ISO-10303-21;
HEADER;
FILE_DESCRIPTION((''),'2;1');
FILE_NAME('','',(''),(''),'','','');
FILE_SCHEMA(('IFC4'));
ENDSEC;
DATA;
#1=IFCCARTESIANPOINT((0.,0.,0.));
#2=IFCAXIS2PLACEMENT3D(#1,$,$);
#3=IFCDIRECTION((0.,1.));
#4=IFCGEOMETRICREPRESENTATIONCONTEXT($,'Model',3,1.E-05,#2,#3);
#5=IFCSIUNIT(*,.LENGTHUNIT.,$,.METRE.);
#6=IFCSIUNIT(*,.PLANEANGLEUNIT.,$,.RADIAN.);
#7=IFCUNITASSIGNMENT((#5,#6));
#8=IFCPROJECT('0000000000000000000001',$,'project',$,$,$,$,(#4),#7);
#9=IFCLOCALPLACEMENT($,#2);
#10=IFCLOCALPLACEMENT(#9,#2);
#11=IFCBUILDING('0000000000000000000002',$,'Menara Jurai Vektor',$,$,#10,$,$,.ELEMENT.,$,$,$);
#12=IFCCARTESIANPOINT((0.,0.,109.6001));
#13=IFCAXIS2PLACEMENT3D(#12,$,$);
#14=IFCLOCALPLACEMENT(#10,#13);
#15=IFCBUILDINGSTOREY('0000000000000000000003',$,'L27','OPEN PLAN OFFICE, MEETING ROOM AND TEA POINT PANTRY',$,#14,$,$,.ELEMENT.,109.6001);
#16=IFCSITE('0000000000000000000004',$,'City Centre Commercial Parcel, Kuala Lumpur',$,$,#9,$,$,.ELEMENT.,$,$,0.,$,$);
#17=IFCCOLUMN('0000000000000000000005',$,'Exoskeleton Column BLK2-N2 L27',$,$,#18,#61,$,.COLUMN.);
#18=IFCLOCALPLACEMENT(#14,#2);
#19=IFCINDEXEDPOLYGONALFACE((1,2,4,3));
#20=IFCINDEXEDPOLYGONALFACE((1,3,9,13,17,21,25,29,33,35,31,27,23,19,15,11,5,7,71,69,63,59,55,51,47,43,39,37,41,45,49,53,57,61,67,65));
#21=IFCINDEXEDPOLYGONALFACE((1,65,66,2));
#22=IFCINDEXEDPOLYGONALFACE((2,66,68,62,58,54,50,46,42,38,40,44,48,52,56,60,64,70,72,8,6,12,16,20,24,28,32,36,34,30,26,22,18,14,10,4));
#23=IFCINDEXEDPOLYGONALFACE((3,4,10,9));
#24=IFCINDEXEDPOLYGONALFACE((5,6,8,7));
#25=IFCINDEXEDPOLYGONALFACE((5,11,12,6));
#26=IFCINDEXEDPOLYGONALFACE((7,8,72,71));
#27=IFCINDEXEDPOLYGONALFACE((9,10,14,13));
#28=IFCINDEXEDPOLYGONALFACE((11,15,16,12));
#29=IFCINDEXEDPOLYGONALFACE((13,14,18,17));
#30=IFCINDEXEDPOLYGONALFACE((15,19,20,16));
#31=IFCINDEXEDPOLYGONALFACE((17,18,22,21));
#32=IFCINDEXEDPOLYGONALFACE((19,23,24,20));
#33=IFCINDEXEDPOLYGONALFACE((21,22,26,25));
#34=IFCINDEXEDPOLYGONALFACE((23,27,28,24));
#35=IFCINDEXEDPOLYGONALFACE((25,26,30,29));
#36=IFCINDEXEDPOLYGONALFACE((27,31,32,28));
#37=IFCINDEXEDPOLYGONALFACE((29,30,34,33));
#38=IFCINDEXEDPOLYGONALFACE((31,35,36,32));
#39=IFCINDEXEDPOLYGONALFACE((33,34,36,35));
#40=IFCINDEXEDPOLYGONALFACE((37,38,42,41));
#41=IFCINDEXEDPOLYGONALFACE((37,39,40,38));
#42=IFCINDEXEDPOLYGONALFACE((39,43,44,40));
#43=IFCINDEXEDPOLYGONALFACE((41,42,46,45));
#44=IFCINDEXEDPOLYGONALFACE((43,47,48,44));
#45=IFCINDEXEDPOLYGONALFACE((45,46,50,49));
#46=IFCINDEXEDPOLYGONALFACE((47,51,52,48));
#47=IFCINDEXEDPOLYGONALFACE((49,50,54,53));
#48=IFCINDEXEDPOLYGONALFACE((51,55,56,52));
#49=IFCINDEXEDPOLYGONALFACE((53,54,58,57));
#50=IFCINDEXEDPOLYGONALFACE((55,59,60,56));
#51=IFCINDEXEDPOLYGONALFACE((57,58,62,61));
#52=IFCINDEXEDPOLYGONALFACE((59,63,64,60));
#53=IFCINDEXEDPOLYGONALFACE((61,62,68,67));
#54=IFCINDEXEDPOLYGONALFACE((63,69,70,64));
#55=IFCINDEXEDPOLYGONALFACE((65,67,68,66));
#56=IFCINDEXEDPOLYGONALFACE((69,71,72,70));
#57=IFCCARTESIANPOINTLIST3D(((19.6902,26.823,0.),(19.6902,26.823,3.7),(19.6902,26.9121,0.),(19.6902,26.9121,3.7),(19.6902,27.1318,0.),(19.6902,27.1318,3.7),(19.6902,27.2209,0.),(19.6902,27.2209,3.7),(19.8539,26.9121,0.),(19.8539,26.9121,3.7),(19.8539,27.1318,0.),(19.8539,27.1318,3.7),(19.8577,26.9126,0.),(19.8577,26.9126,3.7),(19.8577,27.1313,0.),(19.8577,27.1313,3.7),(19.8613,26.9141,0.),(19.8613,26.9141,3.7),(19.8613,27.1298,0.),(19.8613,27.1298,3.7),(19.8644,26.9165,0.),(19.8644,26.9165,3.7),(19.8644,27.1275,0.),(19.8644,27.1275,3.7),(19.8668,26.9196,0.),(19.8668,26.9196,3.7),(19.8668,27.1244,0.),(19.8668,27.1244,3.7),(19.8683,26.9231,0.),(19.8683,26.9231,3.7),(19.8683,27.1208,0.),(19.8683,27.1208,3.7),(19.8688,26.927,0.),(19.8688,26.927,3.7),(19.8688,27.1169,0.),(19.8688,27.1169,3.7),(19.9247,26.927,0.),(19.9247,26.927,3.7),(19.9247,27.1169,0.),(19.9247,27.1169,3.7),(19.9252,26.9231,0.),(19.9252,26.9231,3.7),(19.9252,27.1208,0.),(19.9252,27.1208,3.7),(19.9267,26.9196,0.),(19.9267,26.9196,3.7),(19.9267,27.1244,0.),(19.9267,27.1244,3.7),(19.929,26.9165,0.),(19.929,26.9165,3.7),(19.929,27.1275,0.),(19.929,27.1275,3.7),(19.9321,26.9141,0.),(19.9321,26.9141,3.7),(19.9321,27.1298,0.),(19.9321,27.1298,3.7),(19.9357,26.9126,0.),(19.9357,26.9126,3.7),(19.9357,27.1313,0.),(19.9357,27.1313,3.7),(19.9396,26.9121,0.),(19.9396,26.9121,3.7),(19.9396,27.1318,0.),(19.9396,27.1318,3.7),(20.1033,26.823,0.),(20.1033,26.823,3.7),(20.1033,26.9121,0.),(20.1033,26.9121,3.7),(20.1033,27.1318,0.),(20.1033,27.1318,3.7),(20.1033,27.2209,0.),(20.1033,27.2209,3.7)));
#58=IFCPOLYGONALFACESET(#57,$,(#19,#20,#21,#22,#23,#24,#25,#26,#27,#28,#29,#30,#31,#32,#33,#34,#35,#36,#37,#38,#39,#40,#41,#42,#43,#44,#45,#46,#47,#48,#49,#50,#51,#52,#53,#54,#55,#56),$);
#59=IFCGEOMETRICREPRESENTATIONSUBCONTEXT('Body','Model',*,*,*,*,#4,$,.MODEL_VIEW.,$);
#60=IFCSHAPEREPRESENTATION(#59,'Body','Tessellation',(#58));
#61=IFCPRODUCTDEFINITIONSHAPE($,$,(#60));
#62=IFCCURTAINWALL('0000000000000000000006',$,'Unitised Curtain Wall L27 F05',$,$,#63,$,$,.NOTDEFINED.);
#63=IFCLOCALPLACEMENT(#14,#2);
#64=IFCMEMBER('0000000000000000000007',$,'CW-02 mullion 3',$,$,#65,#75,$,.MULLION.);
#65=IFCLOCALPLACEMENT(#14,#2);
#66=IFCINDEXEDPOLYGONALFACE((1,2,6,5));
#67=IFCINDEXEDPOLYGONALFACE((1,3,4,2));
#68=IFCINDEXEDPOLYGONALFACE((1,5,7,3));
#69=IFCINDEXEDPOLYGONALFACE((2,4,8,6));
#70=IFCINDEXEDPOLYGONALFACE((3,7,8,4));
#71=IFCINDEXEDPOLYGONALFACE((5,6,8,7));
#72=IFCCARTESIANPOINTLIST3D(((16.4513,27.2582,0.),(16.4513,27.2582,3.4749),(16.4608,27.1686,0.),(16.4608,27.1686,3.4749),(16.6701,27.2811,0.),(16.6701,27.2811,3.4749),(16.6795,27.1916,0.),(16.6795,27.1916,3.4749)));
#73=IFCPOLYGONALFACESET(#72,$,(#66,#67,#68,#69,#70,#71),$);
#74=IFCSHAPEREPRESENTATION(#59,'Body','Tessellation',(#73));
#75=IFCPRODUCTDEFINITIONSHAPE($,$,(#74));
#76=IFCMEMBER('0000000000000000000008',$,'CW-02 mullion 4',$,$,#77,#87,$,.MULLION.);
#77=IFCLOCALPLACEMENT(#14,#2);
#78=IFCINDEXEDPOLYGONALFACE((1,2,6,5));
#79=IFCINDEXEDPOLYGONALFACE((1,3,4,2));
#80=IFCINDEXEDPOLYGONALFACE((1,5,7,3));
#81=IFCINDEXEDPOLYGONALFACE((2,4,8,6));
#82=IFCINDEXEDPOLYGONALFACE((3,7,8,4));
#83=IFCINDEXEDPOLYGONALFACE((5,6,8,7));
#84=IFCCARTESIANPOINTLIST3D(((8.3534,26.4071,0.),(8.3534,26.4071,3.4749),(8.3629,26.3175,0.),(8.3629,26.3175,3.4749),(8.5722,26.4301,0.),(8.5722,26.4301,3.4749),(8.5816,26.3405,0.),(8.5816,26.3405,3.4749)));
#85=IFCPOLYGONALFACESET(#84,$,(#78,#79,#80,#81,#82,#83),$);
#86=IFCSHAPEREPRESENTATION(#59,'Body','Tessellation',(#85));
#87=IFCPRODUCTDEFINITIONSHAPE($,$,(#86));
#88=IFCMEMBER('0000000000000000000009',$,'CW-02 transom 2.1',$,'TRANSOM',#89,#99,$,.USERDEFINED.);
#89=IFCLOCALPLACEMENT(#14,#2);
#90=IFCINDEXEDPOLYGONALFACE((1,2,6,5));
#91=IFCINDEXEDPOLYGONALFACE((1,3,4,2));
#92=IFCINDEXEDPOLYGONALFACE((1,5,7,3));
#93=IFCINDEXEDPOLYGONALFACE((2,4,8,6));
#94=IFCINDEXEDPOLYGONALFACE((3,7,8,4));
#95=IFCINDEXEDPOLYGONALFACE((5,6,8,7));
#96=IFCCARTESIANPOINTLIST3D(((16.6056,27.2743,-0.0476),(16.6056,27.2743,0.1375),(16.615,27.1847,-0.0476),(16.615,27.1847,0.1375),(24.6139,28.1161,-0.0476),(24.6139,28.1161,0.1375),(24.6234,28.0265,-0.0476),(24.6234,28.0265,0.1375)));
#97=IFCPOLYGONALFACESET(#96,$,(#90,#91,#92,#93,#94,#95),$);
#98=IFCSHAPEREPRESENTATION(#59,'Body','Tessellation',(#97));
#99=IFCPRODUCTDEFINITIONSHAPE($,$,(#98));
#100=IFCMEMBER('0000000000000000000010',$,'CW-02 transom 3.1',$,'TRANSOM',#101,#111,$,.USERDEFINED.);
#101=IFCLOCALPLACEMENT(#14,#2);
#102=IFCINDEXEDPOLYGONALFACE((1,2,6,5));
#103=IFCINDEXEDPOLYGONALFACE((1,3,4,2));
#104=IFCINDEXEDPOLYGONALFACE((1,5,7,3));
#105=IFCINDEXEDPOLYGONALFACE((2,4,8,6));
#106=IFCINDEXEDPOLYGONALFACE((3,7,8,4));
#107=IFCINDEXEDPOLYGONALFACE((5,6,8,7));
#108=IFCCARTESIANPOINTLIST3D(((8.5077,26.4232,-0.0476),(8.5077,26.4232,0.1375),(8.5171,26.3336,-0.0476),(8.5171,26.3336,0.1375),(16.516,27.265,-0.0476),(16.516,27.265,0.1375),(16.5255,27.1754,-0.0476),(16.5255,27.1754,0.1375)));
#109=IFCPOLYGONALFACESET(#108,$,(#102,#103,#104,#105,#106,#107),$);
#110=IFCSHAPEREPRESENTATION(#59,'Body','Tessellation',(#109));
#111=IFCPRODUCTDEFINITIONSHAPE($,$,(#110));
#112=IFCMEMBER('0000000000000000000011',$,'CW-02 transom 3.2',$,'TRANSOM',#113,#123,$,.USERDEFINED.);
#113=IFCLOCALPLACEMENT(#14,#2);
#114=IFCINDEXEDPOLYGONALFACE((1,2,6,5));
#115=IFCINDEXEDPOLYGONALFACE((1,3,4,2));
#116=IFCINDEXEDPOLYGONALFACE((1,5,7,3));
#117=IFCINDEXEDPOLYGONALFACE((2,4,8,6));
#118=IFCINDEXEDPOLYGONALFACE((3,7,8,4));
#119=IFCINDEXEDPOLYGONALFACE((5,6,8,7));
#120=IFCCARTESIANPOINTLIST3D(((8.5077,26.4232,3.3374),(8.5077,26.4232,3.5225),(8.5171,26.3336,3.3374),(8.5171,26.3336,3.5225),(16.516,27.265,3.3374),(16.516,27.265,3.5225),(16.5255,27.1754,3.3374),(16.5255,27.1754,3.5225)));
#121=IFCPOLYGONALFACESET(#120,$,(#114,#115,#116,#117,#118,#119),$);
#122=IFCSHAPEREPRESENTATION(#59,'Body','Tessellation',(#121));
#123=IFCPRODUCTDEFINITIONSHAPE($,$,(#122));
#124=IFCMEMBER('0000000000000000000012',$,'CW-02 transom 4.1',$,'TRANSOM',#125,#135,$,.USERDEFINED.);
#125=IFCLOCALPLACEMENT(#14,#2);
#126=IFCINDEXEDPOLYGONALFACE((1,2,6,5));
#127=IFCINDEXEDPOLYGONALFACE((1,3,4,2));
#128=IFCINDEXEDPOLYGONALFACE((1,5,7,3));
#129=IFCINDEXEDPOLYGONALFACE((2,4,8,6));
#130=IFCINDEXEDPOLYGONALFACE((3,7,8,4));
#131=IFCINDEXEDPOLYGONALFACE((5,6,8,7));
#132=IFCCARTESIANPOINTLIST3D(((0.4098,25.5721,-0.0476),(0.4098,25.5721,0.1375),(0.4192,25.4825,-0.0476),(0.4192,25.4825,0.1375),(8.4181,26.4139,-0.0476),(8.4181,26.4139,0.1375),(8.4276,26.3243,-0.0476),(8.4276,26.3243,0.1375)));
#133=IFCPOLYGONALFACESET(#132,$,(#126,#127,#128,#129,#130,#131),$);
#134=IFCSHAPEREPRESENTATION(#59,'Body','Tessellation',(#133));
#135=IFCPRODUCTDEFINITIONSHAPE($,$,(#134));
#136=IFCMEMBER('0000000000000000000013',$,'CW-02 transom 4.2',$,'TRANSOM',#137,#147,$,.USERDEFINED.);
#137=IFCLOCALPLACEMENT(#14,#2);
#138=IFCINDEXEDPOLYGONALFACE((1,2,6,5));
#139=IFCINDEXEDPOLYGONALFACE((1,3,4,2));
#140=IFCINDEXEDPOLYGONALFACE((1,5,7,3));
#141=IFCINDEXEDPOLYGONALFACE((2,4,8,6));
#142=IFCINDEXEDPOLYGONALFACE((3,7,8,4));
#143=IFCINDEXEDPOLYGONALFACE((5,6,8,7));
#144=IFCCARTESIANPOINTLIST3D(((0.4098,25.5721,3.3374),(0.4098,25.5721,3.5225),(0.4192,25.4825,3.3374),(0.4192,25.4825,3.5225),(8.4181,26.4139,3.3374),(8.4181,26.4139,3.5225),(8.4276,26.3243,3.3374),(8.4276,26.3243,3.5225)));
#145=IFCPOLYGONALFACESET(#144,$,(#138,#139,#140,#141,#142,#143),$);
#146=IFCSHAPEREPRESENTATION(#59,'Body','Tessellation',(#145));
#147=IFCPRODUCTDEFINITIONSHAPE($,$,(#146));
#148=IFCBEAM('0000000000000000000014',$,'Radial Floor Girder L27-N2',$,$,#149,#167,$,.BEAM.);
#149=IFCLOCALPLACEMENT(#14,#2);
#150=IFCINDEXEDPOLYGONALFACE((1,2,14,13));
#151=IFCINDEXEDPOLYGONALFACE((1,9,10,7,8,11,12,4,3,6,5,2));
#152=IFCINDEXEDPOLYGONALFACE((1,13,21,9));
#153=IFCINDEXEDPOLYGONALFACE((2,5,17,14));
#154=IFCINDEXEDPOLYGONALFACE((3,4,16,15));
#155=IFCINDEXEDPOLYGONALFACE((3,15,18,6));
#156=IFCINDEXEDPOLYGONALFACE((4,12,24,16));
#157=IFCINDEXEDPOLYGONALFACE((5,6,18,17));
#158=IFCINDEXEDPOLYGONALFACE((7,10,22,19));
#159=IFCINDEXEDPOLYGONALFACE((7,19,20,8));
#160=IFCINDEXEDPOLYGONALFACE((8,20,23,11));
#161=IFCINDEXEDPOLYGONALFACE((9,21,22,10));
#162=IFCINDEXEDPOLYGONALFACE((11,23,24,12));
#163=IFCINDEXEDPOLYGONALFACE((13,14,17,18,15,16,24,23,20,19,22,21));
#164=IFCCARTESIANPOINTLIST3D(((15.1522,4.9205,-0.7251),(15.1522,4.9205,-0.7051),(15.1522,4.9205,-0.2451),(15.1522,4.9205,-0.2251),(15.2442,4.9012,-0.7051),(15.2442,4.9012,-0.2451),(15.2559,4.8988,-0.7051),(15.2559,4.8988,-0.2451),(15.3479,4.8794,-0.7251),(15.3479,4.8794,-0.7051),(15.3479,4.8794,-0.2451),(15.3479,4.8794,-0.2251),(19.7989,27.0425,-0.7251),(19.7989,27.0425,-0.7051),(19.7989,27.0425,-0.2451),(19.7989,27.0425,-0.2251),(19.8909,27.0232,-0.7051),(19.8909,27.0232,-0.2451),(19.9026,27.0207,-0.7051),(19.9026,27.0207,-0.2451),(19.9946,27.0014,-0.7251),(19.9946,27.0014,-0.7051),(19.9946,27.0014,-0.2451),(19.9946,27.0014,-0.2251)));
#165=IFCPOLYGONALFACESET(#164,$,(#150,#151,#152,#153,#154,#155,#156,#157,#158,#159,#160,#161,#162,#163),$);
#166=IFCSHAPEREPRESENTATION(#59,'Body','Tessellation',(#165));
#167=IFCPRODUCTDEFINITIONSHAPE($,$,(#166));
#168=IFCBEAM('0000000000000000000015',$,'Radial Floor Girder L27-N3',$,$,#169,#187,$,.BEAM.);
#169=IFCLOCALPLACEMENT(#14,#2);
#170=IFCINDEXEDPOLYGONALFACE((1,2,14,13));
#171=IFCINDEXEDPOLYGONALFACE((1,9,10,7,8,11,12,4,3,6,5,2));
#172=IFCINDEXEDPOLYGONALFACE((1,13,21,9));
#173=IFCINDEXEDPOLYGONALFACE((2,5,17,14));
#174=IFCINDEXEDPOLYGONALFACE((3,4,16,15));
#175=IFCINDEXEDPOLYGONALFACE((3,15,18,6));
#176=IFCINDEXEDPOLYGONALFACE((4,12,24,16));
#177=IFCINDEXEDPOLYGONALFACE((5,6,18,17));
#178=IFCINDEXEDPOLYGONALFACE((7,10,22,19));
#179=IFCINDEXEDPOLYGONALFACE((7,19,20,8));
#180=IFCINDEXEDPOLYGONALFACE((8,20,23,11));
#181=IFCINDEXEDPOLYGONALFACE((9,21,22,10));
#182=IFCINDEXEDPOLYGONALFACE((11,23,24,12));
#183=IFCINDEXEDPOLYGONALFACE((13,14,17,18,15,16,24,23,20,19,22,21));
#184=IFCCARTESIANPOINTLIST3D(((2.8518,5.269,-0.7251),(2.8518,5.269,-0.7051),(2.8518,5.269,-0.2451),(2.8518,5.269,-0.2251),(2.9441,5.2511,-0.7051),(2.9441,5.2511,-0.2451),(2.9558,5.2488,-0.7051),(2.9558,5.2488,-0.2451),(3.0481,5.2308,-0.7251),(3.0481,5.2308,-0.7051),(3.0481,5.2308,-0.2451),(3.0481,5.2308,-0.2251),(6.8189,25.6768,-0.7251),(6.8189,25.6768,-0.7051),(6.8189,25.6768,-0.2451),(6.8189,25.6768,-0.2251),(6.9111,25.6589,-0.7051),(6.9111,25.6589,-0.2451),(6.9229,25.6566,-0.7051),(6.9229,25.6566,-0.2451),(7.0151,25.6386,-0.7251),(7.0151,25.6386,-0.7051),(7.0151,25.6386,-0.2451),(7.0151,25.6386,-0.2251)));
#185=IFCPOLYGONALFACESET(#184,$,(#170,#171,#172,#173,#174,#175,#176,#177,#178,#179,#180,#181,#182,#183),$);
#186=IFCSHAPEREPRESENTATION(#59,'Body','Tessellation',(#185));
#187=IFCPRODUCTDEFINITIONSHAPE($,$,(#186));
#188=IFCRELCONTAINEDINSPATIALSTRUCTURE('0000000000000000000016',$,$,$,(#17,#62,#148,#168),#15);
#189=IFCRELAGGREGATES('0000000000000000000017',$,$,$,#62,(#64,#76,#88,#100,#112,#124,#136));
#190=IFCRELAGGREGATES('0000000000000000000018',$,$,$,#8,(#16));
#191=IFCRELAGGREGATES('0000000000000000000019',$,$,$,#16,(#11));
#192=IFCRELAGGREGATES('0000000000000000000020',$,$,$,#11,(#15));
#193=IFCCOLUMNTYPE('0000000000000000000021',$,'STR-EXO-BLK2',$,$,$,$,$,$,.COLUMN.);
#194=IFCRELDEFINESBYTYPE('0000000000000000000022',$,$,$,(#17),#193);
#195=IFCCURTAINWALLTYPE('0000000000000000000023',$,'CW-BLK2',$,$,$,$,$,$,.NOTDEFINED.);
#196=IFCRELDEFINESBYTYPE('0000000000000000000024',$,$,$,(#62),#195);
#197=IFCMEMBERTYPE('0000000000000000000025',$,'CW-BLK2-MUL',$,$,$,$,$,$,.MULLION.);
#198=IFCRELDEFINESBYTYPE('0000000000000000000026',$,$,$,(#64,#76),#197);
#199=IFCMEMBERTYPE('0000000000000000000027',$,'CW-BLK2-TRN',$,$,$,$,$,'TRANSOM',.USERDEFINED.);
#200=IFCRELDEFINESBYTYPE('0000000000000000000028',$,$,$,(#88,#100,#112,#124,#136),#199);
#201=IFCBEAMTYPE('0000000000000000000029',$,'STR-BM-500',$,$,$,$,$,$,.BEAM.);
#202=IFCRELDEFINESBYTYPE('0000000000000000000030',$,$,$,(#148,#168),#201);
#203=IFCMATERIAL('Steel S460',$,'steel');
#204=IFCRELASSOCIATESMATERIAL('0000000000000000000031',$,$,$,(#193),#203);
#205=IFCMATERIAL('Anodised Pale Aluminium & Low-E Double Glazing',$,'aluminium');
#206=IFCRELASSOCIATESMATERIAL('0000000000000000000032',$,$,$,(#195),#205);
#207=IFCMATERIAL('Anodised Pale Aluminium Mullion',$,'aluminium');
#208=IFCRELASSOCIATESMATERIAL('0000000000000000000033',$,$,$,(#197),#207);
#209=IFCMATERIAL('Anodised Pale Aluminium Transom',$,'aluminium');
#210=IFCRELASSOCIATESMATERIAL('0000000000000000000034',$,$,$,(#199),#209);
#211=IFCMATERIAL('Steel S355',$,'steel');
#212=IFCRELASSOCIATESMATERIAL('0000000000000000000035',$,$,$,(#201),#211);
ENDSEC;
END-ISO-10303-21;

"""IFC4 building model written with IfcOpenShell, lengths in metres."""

from ifc_helpers import new_model, si_unit, direction, frame, origin, origin_2d, place, context, subcontext, project, spatial, rectangle, i_section, extrude, material, material_profile, profile_set, type_object, element, aggregate, save


model = new_model("IFC4")

# Units and contexts
model_context = context("Model", 3, precision=1e-05, world=origin(), true_north=direction((0.0, 1.0)))
body_context = subcontext(model_context, "Body", "Model", "MODEL_VIEW")
ifc_project = project(units=[si_unit("LENGTHUNIT", "METRE"), si_unit("PLANEANGLEUNIT", "RADIAN")], contexts=[model_context])

# Site, building, storey
site_placement = place(None, origin())
site = spatial("IfcSite", under=ifc_project, at=site_placement, Name="City Centre Commercial Parcel, Kuala Lumpur", CompositionType="ELEMENT", RefElevation=0.0)
building_placement = place(site_placement, origin())
building = spatial("IfcBuilding", under=site, at=building_placement, Name="Menara Jurai Vektor", CompositionType="ELEMENT")
storey_placement = place(building_placement, frame((0.0, 0.0, 109.6001)))
storey = spatial("IfcBuildingStorey", under=building, at=storey_placement, Name="L27", Description="OPEN PLAN OFFICE, MEETING ROOM AND TEA POINT PANTRY", CompositionType="ELEMENT", Elevation=109.6001)

# Column
ifc_material_1 = material(Name="Steel S460", Category="steel")
ifc_material_profile_1 = material_profile(ifc_material_1, i_section(OverallWidth=0.4131, OverallDepth=0.3979, WebThickness=0.0559, FlangeThickness=0.0891, FilletRadius=0.0149, at=origin_2d()), Name="HD 400x744")
ifc_profile_set_1 = profile_set([ifc_material_profile_1], Name="Steel S460")
column_type = type_object("IfcColumnType", Name="STR-EXO-BLK2", PredefinedType="COLUMN", material=ifc_profile_set_1)
column_placement = place(storey_placement, frame((19.8967, 27.022, 0.0), z_axis=(0.0, 0.0, 1.0), x_axis=(1.0, 0.0, 0.0)))
element("IfcColumn", 1, at=column_placement, inside=storey, type_object=column_type, Name="Exoskeleton Column BLK2-N2 L27", PredefinedType="COLUMN", context=body_context, shape_type="SweptSolid", body=[
    extrude(i_section(OverallWidth=0.4131, OverallDepth=0.3979, WebThickness=0.0559, FlangeThickness=0.0891, FilletRadius=0.0149, at=origin_2d()), origin(), (0.0, 0.0, 1.0), 3.7),
])

# Curtain wall, members
ifc_material_2 = material(Name="Anodised Pale Aluminium & Low-E Double Glazing", Category="aluminium")
curtain_wall_type = type_object("IfcCurtainWallType", Name="CW-BLK2", PredefinedType="NOTDEFINED", material=ifc_material_2)
curtain_wall_placement = place(storey_placement, origin())
curtain_wall = element("IfcCurtainWall", 2, at=curtain_wall_placement, inside=storey, type_object=curtain_wall_type, Name="Unitised Curtain Wall L27 F05", PredefinedType="NOTDEFINED")
ifc_material_3 = material(Name="Anodised Pale Aluminium Mullion", Category="aluminium")
ifc_material_profile_2 = material_profile(ifc_material_3, rectangle(XDim=0.0901, YDim=0.22, at=origin_2d()), Name="ALU MUL 90x220")
ifc_profile_set_2 = profile_set([ifc_material_profile_2], Name="Anodised Pale Aluminium Mullion")
member_type_1 = type_object("IfcMemberType", Name="CW-BLK2-MUL", PredefinedType="MULLION", material=ifc_profile_set_2)
member_1_placement = place(storey_placement, frame((16.5654, 27.2249, 0.0), z_axis=(0.0, 0.0, 1.0), x_axis=(0.104529, -0.994522, 0.0)))
member_1 = element("IfcMember", 3, at=member_1_placement, type_object=member_type_1, Name="CW-02 mullion 3", PredefinedType="MULLION", context=body_context, shape_type="SweptSolid", body=[
    extrude(rectangle(XDim=0.0901, YDim=0.22, at=origin_2d()), origin(), (0.0, 0.0, 1.0), 3.4749),
])
member_2_placement = place(storey_placement, frame((8.4675, 26.3738, 0.0), z_axis=(0.0, 0.0, 1.0), x_axis=(0.104529, -0.994522, 0.0)))
member_2 = element("IfcMember", 4, at=member_2_placement, type_object=member_type_1, Name="CW-02 mullion 4", PredefinedType="MULLION", context=body_context, shape_type="SweptSolid", body=[
    extrude(rectangle(XDim=0.0901, YDim=0.22, at=origin_2d()), origin(), (0.0, 0.0, 1.0), 3.4749),
])
ifc_material_4 = material(Name="Anodised Pale Aluminium Transom", Category="aluminium")
ifc_material_profile_3 = material_profile(ifc_material_4, rectangle(XDim=0.0901, YDim=0.1851, at=origin_2d()), Name="ALU TRN 90x185")
ifc_profile_set_3 = profile_set([ifc_material_profile_3], Name="Anodised Pale Aluminium Transom")
member_type_2 = type_object("IfcMemberType", Name="CW-BLK2-TRN", ElementType="TRANSOM", PredefinedType="USERDEFINED", material=ifc_profile_set_3)
member_3_placement = place(storey_placement, frame((24.6187, 28.0713, 0.0449), z_axis=(-0.994521, -0.10454, 0.0), x_axis=(0.10454, -0.994521, 0.0)))
member_3 = element("IfcMember", 5, at=member_3_placement, type_object=member_type_2, Name="CW-02 transom 2.1", ObjectType="TRANSOM", PredefinedType="USERDEFINED", context=body_context, shape_type="SweptSolid", body=[
    extrude(rectangle(XDim=0.0901, YDim=0.1851, at=origin_2d()), origin(), (0.0, 0.0, 1.0), 8.0525),
])
member_4_placement = place(storey_placement, frame((16.5208, 27.2202, 0.0449), z_axis=(-0.994521, -0.10454, 0.0), x_axis=(0.10454, -0.994521, 0.0)))
member_4 = element("IfcMember", 6, at=member_4_placement, type_object=member_type_2, Name="CW-02 transom 3.1", ObjectType="TRANSOM", PredefinedType="USERDEFINED", context=body_context, shape_type="SweptSolid", body=[
    extrude(rectangle(XDim=0.0901, YDim=0.1851, at=origin_2d()), origin(), (0.0, 0.0, 1.0), 8.0525),
])
member_5_placement = place(storey_placement, frame((16.5208, 27.2202, 3.4299), z_axis=(-0.994521, -0.10454, 0.0), x_axis=(0.10454, -0.994521, 0.0)))
member_5 = element("IfcMember", 7, at=member_5_placement, type_object=member_type_2, Name="CW-02 transom 3.2", ObjectType="TRANSOM", PredefinedType="USERDEFINED", context=body_context, shape_type="SweptSolid", body=[
    extrude(rectangle(XDim=0.0901, YDim=0.1851, at=origin_2d()), origin(), (0.0, 0.0, 1.0), 8.0525),
])
member_6_placement = place(storey_placement, frame((8.4229, 26.3691, 0.0449), z_axis=(-0.994521, -0.10454, 0.0), x_axis=(0.10454, -0.994521, 0.0)))
member_6 = element("IfcMember", 8, at=member_6_placement, type_object=member_type_2, Name="CW-02 transom 4.1", ObjectType="TRANSOM", PredefinedType="USERDEFINED", context=body_context, shape_type="SweptSolid", body=[
    extrude(rectangle(XDim=0.0901, YDim=0.1851, at=origin_2d()), origin(), (0.0, 0.0, 1.0), 8.0525),
])
member_7_placement = place(storey_placement, frame((8.4229, 26.3691, 3.4299), z_axis=(-0.994521, -0.10454, 0.0), x_axis=(0.10454, -0.994521, 0.0)))
member_7 = element("IfcMember", 9, at=member_7_placement, type_object=member_type_2, Name="CW-02 transom 4.2", ObjectType="TRANSOM", PredefinedType="USERDEFINED", context=body_context, shape_type="SweptSolid", body=[
    extrude(rectangle(XDim=0.0901, YDim=0.1851, at=origin_2d()), origin(), (0.0, 0.0, 1.0), 8.0525),
])

# Beams
ifc_material_5 = material(Name="Steel S355", Category="steel")
ifc_material_profile_4 = material_profile(ifc_material_5, i_section(OverallWidth=0.2, OverallDepth=0.5, WebThickness=0.012, FlangeThickness=0.02, at=origin_2d()), Name="PG 500x200x96")
ifc_profile_set_4 = profile_set([ifc_material_profile_4], Name="Steel S355")
beam_type_1 = type_object("IfcBeamType", Name="STR-BM-500", PredefinedType="BEAM", material=ifc_profile_set_4)
beam_1_placement = place(storey_placement, frame((19.8967, 27.022, -0.4751), z_axis=(-0.205564, -0.978644, 0.0), x_axis=(0.978644, -0.205564, 0.0)))
element("IfcBeam", 10, at=beam_1_placement, inside=storey, type_object=beam_type_1, Name="Radial Floor Girder L27-N2", PredefinedType="BEAM", context=body_context, shape_type="SweptSolid", body=[
    extrude(i_section(OverallWidth=0.2, OverallDepth=0.5, WebThickness=0.012, FlangeThickness=0.02, at=origin_2d()), origin(), (0.0, 0.0, 1.0), 22.6047),
])
beam_2_placement = place(storey_placement, frame((6.917, 25.6577, -0.4751), z_axis=(-0.190817, -0.981626, 0.0), x_axis=(0.981626, -0.190817, 0.0)))
element("IfcBeam", 11, at=beam_2_placement, inside=storey, type_object=beam_type_1, Name="Radial Floor Girder L27-N3", PredefinedType="BEAM", context=body_context, shape_type="SweptSolid", body=[
    extrude(i_section(OverallWidth=0.2, OverallDepth=0.5, WebThickness=0.012, FlangeThickness=0.02, at=origin_2d()), origin(), (0.0, 0.0, 1.0), 20.7898),
])

aggregate(curtain_wall, [member_1, member_2, member_3, member_4, member_5, member_6, member_7])

save(model, "model.ifc")
